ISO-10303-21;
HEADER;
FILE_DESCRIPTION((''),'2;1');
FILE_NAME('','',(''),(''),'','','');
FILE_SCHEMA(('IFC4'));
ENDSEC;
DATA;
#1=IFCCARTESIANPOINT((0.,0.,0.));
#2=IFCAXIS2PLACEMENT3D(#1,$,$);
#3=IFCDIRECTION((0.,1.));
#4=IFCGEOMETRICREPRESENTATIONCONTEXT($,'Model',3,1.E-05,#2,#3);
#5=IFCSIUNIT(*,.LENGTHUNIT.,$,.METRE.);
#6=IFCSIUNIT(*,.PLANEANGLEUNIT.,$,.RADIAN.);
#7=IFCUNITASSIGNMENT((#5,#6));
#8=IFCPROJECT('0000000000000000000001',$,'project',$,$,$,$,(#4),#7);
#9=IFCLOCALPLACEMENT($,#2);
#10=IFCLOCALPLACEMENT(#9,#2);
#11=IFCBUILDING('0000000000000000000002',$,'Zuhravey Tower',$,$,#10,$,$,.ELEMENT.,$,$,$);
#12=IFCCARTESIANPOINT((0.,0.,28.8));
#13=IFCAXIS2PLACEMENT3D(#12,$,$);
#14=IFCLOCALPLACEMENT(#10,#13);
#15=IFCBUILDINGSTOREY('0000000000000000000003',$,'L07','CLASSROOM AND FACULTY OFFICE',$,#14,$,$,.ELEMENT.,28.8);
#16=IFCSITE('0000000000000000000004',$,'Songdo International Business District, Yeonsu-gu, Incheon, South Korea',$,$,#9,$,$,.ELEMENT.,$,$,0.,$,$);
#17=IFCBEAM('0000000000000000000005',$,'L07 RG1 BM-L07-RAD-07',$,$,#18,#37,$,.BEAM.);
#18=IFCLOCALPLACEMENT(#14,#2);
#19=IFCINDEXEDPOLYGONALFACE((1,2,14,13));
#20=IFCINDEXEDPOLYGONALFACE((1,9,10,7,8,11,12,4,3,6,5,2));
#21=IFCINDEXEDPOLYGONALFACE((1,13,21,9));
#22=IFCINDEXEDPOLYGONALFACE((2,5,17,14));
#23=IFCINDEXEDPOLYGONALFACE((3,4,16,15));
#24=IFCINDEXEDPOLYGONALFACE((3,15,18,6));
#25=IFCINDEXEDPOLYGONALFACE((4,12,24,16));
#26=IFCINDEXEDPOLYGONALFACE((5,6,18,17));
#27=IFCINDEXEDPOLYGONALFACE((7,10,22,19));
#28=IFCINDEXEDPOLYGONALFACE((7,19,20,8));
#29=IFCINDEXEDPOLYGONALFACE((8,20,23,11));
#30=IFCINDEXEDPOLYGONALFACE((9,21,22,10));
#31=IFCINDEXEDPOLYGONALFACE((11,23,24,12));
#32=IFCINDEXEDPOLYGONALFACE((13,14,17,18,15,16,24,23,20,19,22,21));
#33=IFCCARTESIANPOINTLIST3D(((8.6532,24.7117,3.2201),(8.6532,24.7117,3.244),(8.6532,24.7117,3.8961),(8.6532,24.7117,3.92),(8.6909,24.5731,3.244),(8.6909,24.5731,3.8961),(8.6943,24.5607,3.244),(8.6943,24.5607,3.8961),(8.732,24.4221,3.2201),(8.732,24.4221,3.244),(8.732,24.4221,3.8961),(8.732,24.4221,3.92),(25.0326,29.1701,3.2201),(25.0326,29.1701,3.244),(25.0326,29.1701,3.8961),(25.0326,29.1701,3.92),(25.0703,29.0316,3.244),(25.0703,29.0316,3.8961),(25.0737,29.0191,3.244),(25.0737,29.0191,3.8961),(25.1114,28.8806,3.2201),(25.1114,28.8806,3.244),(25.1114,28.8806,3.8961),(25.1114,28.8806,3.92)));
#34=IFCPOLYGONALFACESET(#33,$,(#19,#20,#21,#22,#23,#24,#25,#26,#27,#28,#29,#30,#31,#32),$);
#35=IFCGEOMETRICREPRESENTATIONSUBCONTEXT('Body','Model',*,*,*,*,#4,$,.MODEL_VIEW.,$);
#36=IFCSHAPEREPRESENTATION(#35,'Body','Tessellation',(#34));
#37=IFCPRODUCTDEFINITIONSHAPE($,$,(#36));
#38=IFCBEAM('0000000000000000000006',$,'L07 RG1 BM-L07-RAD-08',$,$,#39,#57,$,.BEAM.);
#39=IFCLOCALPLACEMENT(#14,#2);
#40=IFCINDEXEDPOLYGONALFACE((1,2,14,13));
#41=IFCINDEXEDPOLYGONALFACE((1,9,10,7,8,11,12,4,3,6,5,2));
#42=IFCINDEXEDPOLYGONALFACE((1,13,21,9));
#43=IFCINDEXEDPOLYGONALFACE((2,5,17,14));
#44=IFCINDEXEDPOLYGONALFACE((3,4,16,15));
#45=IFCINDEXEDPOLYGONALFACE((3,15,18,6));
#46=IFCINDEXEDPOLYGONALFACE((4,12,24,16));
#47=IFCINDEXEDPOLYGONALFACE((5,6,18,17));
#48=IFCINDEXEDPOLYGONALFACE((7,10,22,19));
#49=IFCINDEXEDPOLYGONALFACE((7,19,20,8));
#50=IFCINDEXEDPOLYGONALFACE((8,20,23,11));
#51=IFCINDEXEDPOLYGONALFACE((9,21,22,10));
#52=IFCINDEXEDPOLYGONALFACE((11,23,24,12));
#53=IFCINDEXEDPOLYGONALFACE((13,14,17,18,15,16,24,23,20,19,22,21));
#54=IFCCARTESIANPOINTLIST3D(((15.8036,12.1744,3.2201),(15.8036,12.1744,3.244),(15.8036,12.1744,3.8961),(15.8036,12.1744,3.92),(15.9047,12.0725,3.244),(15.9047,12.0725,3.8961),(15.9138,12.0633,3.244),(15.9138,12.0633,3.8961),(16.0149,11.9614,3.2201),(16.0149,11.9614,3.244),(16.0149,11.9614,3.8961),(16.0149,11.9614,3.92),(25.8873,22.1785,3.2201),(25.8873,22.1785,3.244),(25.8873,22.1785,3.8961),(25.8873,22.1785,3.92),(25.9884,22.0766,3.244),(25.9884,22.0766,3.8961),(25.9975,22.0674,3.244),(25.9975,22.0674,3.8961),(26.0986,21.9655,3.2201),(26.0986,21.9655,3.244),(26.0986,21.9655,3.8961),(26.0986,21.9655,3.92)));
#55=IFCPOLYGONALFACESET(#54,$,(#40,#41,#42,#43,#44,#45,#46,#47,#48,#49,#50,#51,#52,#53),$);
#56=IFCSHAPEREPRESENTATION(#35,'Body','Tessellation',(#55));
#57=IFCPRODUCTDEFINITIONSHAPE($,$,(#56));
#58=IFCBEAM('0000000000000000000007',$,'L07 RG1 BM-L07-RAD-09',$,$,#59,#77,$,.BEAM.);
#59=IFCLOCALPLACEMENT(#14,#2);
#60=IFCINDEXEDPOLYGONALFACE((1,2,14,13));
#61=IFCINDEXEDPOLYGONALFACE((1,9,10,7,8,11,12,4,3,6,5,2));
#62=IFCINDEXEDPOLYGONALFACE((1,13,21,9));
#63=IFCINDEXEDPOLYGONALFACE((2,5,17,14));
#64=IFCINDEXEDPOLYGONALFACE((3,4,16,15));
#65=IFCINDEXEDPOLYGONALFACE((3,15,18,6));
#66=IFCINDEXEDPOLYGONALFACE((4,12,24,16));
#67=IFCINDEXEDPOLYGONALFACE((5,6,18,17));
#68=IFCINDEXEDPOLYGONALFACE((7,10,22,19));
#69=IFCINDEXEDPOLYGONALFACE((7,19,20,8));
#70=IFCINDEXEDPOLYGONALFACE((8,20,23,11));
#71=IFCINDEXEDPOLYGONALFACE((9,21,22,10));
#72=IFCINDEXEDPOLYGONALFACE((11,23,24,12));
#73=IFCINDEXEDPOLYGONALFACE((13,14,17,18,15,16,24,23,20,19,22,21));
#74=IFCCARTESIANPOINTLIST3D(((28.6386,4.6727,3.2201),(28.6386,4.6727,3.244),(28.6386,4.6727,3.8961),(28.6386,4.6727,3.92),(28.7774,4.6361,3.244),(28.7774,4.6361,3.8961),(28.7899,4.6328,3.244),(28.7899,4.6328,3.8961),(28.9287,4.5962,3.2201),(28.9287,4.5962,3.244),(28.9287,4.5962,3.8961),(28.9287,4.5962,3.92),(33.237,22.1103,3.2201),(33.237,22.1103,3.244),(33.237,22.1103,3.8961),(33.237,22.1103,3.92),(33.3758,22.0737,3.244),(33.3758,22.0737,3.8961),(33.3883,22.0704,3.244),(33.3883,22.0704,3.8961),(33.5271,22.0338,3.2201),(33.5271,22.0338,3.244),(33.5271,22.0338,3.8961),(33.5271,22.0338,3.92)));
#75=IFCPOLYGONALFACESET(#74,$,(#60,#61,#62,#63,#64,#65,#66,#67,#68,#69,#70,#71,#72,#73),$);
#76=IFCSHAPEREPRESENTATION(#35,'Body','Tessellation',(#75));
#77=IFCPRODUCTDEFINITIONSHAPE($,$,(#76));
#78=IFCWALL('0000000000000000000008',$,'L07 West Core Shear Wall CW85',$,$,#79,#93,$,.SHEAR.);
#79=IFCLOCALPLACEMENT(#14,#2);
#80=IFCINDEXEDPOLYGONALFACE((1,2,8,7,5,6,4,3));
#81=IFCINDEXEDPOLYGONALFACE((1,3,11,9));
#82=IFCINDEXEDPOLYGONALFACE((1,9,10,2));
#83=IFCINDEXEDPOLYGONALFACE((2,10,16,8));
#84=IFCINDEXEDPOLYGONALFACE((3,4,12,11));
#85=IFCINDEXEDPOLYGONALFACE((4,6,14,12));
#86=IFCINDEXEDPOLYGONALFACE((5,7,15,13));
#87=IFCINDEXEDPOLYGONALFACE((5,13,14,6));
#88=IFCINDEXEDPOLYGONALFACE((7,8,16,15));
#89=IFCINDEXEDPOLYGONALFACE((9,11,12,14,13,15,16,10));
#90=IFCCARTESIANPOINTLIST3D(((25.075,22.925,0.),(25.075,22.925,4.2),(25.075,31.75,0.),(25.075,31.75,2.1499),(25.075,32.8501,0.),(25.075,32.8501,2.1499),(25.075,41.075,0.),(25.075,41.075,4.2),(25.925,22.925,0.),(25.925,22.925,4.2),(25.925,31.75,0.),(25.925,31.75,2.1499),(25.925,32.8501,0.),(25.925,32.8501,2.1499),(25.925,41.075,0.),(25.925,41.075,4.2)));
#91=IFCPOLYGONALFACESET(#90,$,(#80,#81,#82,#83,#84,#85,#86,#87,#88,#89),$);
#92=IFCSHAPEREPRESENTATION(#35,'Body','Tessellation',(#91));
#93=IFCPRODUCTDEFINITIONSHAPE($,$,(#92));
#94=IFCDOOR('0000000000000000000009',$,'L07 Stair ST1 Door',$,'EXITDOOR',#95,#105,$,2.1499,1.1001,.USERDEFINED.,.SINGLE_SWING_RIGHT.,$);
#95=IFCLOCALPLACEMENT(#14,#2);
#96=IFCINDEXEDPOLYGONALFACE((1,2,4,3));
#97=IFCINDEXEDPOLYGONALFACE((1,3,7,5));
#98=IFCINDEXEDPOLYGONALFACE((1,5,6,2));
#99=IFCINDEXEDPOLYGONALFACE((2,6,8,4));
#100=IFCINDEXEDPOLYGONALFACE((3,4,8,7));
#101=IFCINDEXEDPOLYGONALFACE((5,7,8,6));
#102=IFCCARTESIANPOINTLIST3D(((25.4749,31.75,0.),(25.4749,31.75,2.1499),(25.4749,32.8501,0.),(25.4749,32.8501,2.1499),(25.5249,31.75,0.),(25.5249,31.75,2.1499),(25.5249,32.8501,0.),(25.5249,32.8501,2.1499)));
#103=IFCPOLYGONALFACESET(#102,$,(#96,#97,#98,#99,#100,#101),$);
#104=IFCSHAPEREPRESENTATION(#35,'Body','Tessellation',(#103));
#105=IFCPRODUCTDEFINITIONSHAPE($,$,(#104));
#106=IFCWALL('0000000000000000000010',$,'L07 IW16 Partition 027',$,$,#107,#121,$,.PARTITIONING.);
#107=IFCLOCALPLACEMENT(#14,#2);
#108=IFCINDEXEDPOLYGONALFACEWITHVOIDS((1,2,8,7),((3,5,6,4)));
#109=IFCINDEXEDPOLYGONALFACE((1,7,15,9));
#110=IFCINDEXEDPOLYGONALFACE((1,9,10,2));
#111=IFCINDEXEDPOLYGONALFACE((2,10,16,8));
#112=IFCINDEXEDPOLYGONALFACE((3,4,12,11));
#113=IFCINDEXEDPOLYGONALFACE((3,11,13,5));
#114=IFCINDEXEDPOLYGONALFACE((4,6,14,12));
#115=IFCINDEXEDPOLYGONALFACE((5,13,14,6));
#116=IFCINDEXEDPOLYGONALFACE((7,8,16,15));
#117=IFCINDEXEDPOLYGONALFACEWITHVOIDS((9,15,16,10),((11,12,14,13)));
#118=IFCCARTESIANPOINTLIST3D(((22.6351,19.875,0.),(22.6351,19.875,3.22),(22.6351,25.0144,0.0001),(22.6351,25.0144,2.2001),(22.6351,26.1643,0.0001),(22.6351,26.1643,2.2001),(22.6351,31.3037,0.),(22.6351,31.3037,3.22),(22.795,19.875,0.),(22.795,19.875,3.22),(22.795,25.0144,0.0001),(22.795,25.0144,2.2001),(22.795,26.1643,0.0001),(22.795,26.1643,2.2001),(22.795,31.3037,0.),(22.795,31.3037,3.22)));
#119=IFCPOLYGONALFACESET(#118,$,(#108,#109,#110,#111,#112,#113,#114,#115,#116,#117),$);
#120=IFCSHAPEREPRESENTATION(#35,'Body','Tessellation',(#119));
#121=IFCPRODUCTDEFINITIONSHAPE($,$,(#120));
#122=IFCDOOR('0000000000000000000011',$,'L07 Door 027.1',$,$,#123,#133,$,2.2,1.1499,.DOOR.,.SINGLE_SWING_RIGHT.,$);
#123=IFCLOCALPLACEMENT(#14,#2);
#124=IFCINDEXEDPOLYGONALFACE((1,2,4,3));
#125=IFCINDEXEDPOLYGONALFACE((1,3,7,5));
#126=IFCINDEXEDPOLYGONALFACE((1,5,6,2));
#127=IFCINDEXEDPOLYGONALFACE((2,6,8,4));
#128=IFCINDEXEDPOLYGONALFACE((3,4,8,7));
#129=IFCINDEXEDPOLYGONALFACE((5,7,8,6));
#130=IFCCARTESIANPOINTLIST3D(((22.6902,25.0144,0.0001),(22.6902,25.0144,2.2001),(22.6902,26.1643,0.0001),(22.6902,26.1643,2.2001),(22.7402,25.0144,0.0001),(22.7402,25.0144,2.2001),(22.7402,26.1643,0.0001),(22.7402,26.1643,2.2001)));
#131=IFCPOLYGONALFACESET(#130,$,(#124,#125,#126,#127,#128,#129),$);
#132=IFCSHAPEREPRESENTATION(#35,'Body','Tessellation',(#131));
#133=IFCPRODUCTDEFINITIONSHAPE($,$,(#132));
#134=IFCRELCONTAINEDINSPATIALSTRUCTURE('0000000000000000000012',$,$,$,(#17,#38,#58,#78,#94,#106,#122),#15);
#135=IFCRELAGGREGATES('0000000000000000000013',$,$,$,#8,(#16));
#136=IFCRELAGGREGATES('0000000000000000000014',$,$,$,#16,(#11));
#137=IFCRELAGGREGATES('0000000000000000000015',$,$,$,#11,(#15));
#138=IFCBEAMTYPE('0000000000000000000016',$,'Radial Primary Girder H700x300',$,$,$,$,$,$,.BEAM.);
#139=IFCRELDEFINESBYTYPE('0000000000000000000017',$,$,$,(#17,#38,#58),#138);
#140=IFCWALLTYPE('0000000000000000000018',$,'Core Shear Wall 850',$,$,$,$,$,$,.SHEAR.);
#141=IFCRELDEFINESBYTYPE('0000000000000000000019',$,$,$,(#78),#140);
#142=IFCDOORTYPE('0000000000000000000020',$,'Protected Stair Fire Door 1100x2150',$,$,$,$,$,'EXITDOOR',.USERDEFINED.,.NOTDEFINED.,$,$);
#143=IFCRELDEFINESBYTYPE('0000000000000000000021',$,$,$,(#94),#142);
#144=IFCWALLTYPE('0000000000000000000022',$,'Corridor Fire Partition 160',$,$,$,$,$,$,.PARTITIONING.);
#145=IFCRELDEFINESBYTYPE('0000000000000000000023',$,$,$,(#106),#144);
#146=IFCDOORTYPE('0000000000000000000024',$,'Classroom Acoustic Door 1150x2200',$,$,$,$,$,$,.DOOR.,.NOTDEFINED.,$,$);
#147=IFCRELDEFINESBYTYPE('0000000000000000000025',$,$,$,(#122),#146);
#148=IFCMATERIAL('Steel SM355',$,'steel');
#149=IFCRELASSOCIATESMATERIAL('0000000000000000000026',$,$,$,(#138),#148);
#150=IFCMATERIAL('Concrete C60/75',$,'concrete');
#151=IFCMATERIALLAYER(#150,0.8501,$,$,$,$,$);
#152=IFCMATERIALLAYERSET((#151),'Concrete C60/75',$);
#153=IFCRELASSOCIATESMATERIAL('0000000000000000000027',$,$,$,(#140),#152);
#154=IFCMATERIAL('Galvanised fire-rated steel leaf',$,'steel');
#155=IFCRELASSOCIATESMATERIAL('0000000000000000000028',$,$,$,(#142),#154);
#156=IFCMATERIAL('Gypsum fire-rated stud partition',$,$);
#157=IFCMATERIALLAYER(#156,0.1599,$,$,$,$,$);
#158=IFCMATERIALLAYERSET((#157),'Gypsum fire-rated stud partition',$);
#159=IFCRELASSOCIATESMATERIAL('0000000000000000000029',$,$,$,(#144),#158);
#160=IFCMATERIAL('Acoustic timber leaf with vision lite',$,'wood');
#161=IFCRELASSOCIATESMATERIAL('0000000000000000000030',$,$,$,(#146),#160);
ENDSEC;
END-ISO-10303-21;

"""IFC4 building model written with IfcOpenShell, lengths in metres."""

from ifc_helpers import new_model, si_unit, direction, frame, frame_2d, origin, origin_2d, place, context, subcontext, project, spatial, rectangle, i_section, extrude, material, layer, layer_set, material_profile, profile_set, type_object, element, fill, save


model = new_model("IFC4")

# Units and contexts
model_context = context("Model", 3, precision=1e-05, world=origin(), true_north=direction((0.0, 1.0)))
body_context = subcontext(model_context, "Body", "Model", "MODEL_VIEW")
ifc_project = project(units=[si_unit("LENGTHUNIT", "METRE"), si_unit("PLANEANGLEUNIT", "RADIAN")], contexts=[model_context])

# Site, building, storey
site_placement = place(None, origin())
site = spatial("IfcSite", under=ifc_project, at=site_placement, Name="Songdo International Business District, Yeonsu-gu, Incheon, South Korea", CompositionType="ELEMENT", RefElevation=0.0)
building_placement = place(site_placement, origin())
building = spatial("IfcBuilding", under=site, at=building_placement, Name="Zuhravey Tower", CompositionType="ELEMENT")
storey_placement = place(building_placement, frame((0.0, 0.0, 28.8)))
storey = spatial("IfcBuildingStorey", under=building, at=storey_placement, Name="L07", Description="CLASSROOM AND FACULTY OFFICE", CompositionType="ELEMENT", Elevation=28.8)

# Beams
ifc_material_1 = material(Name="Steel SM355", Category="steel")
ifc_material_profile = material_profile(ifc_material_1, i_section(OverallWidth=0.3, OverallDepth=0.7, WebThickness=0.0129, FlangeThickness=0.0239, at=origin_2d()), Name="H-700x300x13x24")
ifc_profile_set = profile_set([ifc_material_profile], Name="Steel SM355")
beam_type = type_object("IfcBeamType", Name="Radial Primary Girder H700x300", PredefinedType="BEAM", material=ifc_profile_set)
beam_1_placement = place(storey_placement, frame((25.072, 29.0254, 3.5701), z_axis=(-0.964892, -0.262645, 0.0), x_axis=(0.262645, -0.964892, 0.0)))
element("IfcBeam", 1, at=beam_1_placement, inside=storey, type_object=beam_type, Name="L07 RG1 BM-L07-RAD-07", PredefinedType="BEAM", context=body_context, shape_type="SweptSolid", body=[
    extrude(i_section(OverallWidth=0.3, OverallDepth=0.7, WebThickness=0.0129, FlangeThickness=0.0239, at=origin_2d()), origin(), (0.0, 0.0, 1.0), 16.9753),
])
beam_2_placement = place(storey_placement, frame((25.9929, 22.072, 3.5701), z_axis=(-0.709903, -0.7043, 0.0), x_axis=(0.7043, -0.709903, 0.0)))
element("IfcBeam", 2, at=beam_2_placement, inside=storey, type_object=beam_type, Name="L07 RG1 BM-L07-RAD-08", PredefinedType="BEAM", context=body_context, shape_type="SweptSolid", body=[
    extrude(i_section(OverallWidth=0.3, OverallDepth=0.7, WebThickness=0.0129, FlangeThickness=0.0239, at=origin_2d()), origin(), (0.0, 0.0, 1.0), 14.2043),
])
beam_3_placement = place(storey_placement, frame((33.3821, 22.072, 3.5701), z_axis=(-0.25499, -0.966944, 0.0), x_axis=(0.966944, -0.25499, 0.0)))
element("IfcBeam", 3, at=beam_3_placement, inside=storey, type_object=beam_type, Name="L07 RG1 BM-L07-RAD-09", PredefinedType="BEAM", context=body_context, shape_type="SweptSolid", body=[
    extrude(i_section(OverallWidth=0.3, OverallDepth=0.7, WebThickness=0.0129, FlangeThickness=0.0239, at=origin_2d()), origin(), (0.0, 0.0, 1.0), 18.0337),
])

# Walls, openings, doors
ifc_material_2 = material(Name="Concrete C60/75", Category="concrete")
ifc_layer_1 = layer(ifc_material_2, 0.8501)
ifc_layer_set_1 = layer_set([ifc_layer_1], Name="Concrete C60/75")
wall_type_1 = type_object("IfcWallType", Name="Core Shear Wall 850", PredefinedType="SHEAR", material=ifc_layer_set_1)
ifc_material_3 = material(Name="Galvanised fire-rated steel leaf", Category="steel")
wall_1_placement = place(storey_placement, frame((25.5, 22.925, 0.0), z_axis=(0.0, 0.0, 1.0), x_axis=(0.0, 1.0, 0.0)))
wall_1 = element("IfcWall", 4, at=wall_1_placement, inside=storey, type_object=wall_type_1, Name="L07 West Core Shear Wall CW85", PredefinedType="SHEAR", context=body_context, shape_type="SweptSolid", body=[
    extrude(rectangle(XDim=18.1499, YDim=0.8501, at=frame_2d((9.075, 0.0))), origin(), (0.0, 0.0, 1.0), 4.2),
])
opening_1_placement = place(wall_1_placement, frame((8.825, 0.0, 0.0)))
opening_1 = element("IfcOpeningElement", 5, at=opening_1_placement, cuts=wall_1, PredefinedType="OPENING", context=body_context, shape_type="SweptSolid", body=[
    extrude(rectangle(XDim=1.1001, YDim=2.1499, at=frame_2d((0.55, 1.075))), frame((0.0, 0.437, 0.0), z_axis=(0.0, -1.0, 0.0), x_axis=(1.0, 0.0, 0.0)), (0.0, 0.0, 1.0), 0.874),
])
door_type_1 = type_object("IfcDoorType", Name="Protected Stair Fire Door 1100x2150", ElementType="EXITDOOR", OperationType="NOTDEFINED", PredefinedType="USERDEFINED", material=ifc_material_3)
door_1_placement = place(opening_1_placement, frame((1.1001, 0.0, 0.0), z_axis=(0.0, 0.0, 1.0), x_axis=(-1.0, 0.0, 0.0)))
door_1 = element("IfcDoor", 6, at=door_1_placement, inside=storey, type_object=door_type_1, Name="L07 Stair ST1 Door", ObjectType="EXITDOOR", OperationType="SINGLE_SWING_RIGHT", OverallHeight=2.1499, OverallWidth=1.1001, PredefinedType="USERDEFINED", context=body_context, shape_type="SweptSolid", body=[
    extrude(rectangle(XDim=1.1001, YDim=2.1499, at=frame_2d((0.55, 1.075))), frame((0.0, 0.0249, 0.0), z_axis=(0.0, -1.0, 0.0), x_axis=(1.0, 0.0, 0.0)), (0.0, 0.0, 1.0), 0.05),
])
fill(opening_1, door_1)
ifc_material_4 = material(Name="Gypsum fire-rated stud partition")
ifc_layer_2 = layer(ifc_material_4, 0.1599)
ifc_layer_set_2 = layer_set([ifc_layer_2], Name="Gypsum fire-rated stud partition")
wall_type_2 = type_object("IfcWallType", Name="Corridor Fire Partition 160", PredefinedType="PARTITIONING", material=ifc_layer_set_2)
wall_2_placement = place(storey_placement, frame((22.7151, 31.3037, 0.0), z_axis=(0.0, 0.0, 1.0), x_axis=(0.0, -1.0, 0.0)))
wall_2 = element("IfcWall", 7, at=wall_2_placement, inside=storey, type_object=wall_type_2, Name="L07 IW16 Partition 027", PredefinedType="PARTITIONING", context=body_context, shape_type="SweptSolid", body=[
    extrude(rectangle(XDim=11.4287, YDim=0.1599, at=frame_2d((5.7144, 0.0))), origin(), (0.0, 0.0, 1.0), 3.22),
])
opening_2_placement = place(wall_2_placement, frame((5.1394, 0.0, 0.0)))
opening_2 = element("IfcOpeningElement", 8, at=opening_2_placement, cuts=wall_2, PredefinedType="OPENING", context=body_context, shape_type="SweptSolid", body=[
    extrude(rectangle(XDim=1.1499, YDim=2.2, at=frame_2d((0.575, 1.1001))), frame((0.0, 0.092, 0.0), z_axis=(0.0, -1.0, 0.0), x_axis=(1.0, 0.0, 0.0)), (0.0, 0.0, 1.0), 0.1838),
])
ifc_material_5 = material(Name="Acoustic timber leaf with vision lite", Category="wood")
door_type_2 = type_object("IfcDoorType", Name="Classroom Acoustic Door 1150x2200", OperationType="NOTDEFINED", PredefinedType="DOOR", material=ifc_material_5)
door_2_placement = place(opening_2_placement, frame((1.1499, 0.0, 0.0), z_axis=(0.0, 0.0, 1.0), x_axis=(-1.0, 0.0, 0.0)))
door_2 = element("IfcDoor", 9, at=door_2_placement, inside=storey, type_object=door_type_2, Name="L07 Door 027.1", OperationType="SINGLE_SWING_RIGHT", OverallHeight=2.2, OverallWidth=1.1499, PredefinedType="DOOR", context=body_context, shape_type="SweptSolid", body=[
    extrude(rectangle(XDim=1.1499, YDim=2.2, at=frame_2d((0.575, 1.1001))), frame((0.0, 0.0249, 0.0), z_axis=(0.0, -1.0, 0.0), x_axis=(1.0, 0.0, 0.0)), (0.0, 0.0, 1.0), 0.05),
])
fill(opening_2, door_2)

save(model, "model.ifc")
